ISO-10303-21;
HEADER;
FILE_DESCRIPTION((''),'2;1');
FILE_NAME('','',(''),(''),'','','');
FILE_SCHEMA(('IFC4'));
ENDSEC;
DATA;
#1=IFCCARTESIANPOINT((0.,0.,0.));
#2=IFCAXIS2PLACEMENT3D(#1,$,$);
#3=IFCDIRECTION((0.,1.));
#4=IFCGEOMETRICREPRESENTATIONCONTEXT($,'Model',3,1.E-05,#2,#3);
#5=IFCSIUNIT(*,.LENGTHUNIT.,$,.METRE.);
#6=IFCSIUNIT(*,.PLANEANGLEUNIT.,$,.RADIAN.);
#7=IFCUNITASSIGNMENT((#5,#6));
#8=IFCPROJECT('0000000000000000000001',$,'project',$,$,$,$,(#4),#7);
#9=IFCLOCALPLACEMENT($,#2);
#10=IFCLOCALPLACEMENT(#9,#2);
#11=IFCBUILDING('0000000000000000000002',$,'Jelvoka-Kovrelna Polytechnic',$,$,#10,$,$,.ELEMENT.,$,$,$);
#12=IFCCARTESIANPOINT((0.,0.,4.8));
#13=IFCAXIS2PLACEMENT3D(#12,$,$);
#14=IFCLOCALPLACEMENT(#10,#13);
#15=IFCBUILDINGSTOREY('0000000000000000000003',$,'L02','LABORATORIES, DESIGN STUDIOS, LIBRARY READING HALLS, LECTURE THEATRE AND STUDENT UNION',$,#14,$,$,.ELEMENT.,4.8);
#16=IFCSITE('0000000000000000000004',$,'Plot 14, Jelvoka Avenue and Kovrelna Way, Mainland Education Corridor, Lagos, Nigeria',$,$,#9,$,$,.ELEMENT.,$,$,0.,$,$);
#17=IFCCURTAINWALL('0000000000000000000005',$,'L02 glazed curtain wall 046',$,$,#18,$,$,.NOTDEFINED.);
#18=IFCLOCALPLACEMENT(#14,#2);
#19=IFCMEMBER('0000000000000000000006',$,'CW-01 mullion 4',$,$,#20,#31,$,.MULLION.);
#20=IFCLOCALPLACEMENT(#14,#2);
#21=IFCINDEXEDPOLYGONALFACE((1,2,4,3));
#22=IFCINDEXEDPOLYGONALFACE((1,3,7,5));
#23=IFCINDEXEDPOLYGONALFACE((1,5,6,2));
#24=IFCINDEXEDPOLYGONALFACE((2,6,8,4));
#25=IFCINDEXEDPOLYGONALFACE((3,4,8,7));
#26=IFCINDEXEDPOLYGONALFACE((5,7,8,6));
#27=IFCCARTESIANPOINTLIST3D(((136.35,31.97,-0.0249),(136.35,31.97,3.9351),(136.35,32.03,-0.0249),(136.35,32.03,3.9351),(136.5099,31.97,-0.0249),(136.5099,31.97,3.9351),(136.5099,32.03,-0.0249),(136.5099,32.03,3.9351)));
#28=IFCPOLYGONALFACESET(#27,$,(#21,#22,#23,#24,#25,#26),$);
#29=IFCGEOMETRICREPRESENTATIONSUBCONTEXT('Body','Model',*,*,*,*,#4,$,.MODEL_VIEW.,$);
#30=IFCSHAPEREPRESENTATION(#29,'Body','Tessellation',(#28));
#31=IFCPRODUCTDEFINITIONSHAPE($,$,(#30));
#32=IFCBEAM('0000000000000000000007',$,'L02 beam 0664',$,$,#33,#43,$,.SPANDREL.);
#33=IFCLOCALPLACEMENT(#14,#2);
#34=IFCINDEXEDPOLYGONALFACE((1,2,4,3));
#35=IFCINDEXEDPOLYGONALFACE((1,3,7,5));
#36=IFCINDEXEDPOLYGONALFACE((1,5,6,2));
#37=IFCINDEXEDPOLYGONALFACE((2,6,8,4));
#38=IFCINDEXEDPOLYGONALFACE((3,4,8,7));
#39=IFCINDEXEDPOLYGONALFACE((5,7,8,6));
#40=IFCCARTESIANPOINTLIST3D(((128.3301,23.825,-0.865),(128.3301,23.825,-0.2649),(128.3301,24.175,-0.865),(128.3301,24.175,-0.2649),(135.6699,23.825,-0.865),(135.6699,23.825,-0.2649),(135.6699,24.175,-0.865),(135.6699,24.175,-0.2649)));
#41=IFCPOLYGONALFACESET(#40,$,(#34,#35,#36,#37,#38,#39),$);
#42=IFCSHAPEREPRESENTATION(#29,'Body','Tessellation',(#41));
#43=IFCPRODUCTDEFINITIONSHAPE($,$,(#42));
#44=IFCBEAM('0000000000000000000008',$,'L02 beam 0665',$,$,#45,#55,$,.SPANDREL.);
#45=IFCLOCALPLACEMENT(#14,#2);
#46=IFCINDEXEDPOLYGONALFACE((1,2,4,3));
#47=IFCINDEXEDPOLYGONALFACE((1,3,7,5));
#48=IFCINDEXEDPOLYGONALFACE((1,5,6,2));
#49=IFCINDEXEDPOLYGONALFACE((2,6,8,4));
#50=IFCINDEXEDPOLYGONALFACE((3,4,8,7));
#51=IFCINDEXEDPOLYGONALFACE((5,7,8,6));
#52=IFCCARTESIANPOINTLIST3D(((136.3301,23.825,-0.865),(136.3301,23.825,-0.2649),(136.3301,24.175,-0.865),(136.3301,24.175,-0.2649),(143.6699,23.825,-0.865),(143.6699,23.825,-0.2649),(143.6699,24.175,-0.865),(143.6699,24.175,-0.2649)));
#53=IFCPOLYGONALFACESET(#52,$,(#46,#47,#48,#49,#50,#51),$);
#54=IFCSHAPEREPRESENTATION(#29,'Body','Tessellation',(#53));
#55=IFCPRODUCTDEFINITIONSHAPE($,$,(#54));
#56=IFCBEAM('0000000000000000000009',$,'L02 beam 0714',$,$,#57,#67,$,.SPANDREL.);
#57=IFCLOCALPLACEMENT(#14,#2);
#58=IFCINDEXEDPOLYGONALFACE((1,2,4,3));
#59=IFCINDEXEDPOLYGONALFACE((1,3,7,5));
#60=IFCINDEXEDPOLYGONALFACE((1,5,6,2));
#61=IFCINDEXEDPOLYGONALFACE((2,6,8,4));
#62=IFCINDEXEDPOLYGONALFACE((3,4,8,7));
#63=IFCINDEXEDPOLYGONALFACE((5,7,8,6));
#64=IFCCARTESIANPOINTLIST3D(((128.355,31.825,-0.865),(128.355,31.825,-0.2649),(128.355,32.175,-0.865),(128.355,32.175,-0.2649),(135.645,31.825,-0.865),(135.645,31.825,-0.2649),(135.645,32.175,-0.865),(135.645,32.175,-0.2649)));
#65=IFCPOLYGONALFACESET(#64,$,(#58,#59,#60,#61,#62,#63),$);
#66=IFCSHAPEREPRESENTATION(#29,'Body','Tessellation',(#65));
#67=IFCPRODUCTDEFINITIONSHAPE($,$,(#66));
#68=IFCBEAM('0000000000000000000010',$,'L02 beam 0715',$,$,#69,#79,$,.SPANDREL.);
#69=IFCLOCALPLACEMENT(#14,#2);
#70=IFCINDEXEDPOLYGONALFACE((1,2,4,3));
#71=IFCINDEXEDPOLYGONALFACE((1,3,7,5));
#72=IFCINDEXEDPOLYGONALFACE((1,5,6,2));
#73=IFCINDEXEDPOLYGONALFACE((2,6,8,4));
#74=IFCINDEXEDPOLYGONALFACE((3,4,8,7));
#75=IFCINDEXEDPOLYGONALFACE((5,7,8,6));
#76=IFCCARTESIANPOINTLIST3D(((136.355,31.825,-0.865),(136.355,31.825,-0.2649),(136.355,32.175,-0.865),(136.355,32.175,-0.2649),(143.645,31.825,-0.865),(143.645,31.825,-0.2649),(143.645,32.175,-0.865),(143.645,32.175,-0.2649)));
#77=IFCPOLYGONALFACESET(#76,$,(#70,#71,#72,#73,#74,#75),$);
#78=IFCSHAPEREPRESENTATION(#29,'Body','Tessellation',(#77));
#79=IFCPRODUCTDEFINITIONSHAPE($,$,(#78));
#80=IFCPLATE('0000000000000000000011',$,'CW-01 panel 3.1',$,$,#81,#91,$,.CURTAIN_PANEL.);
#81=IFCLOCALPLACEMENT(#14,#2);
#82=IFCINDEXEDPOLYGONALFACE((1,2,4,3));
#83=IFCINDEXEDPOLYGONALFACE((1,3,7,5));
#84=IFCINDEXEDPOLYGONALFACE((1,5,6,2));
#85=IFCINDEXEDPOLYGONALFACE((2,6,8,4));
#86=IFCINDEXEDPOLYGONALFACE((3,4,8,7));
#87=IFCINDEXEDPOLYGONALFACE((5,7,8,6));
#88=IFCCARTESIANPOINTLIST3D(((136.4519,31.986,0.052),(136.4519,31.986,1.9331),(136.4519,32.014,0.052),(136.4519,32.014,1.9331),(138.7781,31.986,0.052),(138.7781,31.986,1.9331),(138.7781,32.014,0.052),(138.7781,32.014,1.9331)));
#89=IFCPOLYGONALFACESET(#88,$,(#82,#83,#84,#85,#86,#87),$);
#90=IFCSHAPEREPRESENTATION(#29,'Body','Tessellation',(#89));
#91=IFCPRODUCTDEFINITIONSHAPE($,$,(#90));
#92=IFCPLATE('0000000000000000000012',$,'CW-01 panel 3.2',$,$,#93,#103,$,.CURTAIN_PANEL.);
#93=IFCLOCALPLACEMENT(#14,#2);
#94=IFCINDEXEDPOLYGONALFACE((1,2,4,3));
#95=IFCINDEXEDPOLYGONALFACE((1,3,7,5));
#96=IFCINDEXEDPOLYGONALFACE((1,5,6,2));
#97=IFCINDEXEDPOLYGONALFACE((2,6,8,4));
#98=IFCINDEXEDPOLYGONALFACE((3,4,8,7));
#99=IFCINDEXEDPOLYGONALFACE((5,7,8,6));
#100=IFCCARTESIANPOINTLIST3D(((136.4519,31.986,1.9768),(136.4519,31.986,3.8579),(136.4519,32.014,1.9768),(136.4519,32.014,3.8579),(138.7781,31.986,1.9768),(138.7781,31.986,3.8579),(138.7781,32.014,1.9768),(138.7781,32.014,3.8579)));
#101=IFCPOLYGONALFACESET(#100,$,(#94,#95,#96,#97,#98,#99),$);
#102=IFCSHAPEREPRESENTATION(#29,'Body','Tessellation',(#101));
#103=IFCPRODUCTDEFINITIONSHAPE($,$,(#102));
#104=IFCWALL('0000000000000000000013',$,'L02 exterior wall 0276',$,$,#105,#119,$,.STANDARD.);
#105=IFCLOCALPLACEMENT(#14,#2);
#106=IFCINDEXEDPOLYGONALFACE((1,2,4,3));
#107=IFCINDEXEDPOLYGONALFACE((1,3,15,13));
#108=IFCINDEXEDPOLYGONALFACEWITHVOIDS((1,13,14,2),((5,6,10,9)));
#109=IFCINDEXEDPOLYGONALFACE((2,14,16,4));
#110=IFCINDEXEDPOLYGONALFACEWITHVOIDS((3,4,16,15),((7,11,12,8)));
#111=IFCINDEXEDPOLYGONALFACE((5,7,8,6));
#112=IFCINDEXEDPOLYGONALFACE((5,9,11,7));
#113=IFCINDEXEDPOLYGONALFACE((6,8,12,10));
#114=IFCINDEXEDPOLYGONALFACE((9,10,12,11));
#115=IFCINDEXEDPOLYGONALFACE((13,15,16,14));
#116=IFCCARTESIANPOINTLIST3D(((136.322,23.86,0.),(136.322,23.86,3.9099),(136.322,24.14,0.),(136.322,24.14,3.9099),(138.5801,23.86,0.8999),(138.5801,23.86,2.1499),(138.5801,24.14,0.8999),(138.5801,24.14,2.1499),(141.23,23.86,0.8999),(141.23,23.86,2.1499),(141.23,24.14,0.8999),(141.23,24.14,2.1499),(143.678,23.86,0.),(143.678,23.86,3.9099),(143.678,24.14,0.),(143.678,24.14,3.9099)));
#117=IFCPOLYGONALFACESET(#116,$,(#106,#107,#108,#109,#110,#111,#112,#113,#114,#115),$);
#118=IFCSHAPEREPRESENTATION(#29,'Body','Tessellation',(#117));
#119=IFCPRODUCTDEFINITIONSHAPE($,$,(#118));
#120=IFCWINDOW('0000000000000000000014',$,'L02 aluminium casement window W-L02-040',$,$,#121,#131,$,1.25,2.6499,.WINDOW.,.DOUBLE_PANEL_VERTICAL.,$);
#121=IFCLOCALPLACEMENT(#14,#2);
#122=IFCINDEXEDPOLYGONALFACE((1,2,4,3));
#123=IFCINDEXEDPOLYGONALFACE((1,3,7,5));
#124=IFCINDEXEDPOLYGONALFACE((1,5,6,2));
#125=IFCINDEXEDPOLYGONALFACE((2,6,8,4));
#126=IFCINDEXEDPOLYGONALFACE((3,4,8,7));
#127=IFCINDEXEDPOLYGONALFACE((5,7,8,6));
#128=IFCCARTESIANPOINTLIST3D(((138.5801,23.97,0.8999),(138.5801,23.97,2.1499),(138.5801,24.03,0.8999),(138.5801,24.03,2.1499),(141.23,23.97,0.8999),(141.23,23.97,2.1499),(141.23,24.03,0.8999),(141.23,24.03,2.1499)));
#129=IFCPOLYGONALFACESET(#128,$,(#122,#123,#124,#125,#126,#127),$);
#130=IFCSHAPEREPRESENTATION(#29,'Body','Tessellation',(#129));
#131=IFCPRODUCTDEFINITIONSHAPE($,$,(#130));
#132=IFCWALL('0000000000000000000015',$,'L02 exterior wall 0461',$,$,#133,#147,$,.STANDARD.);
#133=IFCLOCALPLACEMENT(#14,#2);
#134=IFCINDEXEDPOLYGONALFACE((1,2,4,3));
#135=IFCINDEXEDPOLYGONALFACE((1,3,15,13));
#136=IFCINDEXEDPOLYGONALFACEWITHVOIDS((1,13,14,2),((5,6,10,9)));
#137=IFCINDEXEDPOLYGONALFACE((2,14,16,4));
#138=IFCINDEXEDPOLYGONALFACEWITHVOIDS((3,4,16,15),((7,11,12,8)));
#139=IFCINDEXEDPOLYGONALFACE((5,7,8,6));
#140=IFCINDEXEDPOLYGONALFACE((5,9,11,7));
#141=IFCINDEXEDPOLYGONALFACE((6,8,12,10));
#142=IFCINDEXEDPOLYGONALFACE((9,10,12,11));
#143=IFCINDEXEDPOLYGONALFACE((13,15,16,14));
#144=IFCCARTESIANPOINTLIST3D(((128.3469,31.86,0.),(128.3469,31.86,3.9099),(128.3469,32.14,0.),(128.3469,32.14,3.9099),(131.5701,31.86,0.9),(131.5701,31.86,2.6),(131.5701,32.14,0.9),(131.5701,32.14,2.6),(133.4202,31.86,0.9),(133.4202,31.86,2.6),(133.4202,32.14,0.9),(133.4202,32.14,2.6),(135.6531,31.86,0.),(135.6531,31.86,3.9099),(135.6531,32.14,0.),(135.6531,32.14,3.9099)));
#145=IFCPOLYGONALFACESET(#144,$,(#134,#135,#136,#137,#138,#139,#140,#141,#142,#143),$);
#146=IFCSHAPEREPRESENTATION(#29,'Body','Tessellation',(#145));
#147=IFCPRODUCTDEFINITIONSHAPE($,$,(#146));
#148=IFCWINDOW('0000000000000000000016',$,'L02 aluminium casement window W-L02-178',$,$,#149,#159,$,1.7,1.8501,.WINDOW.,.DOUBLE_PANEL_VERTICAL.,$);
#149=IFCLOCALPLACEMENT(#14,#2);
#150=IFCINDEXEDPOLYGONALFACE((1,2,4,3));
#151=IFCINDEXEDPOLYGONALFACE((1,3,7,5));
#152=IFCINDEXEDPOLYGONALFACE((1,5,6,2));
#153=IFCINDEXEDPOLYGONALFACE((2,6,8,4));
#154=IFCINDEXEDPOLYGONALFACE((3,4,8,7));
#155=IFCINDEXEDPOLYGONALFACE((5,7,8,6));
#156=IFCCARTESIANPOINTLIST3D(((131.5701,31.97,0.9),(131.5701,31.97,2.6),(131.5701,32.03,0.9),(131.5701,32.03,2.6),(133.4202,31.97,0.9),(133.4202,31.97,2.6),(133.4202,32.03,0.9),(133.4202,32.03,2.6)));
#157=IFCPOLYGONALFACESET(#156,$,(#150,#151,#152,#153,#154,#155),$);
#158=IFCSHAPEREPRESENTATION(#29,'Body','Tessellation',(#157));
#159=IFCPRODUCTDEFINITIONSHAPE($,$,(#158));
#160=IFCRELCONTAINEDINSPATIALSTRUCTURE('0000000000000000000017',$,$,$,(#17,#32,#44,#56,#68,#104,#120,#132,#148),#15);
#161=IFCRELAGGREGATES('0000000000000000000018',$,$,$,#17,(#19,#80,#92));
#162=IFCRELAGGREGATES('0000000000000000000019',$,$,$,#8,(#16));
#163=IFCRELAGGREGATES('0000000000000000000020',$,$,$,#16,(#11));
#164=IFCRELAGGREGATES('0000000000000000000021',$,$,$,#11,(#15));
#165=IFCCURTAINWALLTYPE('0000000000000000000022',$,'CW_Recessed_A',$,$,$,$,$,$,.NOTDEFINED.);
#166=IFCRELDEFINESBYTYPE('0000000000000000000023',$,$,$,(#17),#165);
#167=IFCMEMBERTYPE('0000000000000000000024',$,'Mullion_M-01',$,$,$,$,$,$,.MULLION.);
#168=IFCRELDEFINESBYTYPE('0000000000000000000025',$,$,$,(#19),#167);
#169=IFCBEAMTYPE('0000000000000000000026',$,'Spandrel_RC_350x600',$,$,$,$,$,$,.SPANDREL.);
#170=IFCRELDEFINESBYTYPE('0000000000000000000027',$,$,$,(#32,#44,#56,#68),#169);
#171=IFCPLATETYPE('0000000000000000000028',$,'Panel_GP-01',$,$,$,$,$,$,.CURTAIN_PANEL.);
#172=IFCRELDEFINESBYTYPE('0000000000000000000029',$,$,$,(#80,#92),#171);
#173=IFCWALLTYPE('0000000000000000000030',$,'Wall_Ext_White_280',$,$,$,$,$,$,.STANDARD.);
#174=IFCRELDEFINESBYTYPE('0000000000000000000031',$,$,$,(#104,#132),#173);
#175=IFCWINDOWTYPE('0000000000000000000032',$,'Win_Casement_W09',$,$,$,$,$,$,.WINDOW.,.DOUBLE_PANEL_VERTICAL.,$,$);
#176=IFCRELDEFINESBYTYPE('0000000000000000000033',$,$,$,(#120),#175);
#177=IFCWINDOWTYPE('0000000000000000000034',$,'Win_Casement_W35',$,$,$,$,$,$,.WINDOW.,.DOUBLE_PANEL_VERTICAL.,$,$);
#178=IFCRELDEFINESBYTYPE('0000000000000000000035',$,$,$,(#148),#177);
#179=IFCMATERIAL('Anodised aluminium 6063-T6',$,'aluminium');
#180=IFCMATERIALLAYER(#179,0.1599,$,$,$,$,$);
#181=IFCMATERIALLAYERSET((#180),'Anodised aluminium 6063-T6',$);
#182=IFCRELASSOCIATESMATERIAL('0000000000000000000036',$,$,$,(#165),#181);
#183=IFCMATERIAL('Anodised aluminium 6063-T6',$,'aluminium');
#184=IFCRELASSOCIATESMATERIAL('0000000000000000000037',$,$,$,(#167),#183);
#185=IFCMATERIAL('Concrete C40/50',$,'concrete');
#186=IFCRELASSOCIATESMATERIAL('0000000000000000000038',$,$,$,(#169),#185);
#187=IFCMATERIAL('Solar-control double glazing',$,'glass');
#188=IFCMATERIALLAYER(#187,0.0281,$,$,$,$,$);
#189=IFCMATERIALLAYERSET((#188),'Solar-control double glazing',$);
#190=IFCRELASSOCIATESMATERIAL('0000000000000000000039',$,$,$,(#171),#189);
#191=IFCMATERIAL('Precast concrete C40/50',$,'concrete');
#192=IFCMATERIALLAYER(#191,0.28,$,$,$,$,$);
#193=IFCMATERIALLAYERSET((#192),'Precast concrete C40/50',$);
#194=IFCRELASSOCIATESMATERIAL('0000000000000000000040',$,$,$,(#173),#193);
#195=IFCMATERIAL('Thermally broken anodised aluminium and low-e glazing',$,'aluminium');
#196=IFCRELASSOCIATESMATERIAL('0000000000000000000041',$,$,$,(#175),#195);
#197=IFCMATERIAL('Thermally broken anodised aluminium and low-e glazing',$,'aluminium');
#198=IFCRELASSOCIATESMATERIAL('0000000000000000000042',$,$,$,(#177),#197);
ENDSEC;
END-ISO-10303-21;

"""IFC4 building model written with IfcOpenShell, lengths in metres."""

from ifc_helpers import new_model, si_unit, direction, frame, frame_2d, origin, origin_2d, place, context, subcontext, project, spatial, rectangle, extrude, material, layer, layer_set, material_profile, profile_set, type_object, element, fill, aggregate, save


model = new_model("IFC4")

# Units and contexts
model_context = context("Model", 3, precision=1e-05, world=origin(), true_north=direction((0.0, 1.0)))
body_context = subcontext(model_context, "Body", "Model", "MODEL_VIEW")
ifc_project = project(units=[si_unit("LENGTHUNIT", "METRE"), si_unit("PLANEANGLEUNIT", "RADIAN")], contexts=[model_context])

# Site, building, storey
site_placement = place(None, origin())
site = spatial("IfcSite", under=ifc_project, at=site_placement, Name="Plot 14, Jelvoka Avenue and Kovrelna Way, Mainland Education Corridor, Lagos, Nigeria", CompositionType="ELEMENT", RefElevation=0.0)
building_placement = place(site_placement, origin())
building = spatial("IfcBuilding", under=site, at=building_placement, Name="Jelvoka-Kovrelna Polytechnic", CompositionType="ELEMENT")
storey_placement = place(building_placement, frame((0.0, 0.0, 4.8)))
storey = spatial("IfcBuildingStorey", under=building, at=storey_placement, Name="L02", Description="LABORATORIES, DESIGN STUDIOS, LIBRARY READING HALLS, LECTURE THEATRE AND STUDENT UNION", CompositionType="ELEMENT", Elevation=4.8)

# Curtain wall, member
ifc_material_1 = material(Name="Anodised aluminium 6063-T6", Category="aluminium")
ifc_layer_1 = layer(ifc_material_1, 0.1599)
ifc_layer_set_1 = layer_set([ifc_layer_1], Name="Anodised aluminium 6063-T6")
curtain_wall_type = type_object("IfcCurtainWallType", Name="CW_Recessed_A", PredefinedType="NOTDEFINED", material=ifc_layer_set_1)
curtain_wall_placement = place(storey_placement, origin())
curtain_wall = element("IfcCurtainWall", 1, at=curtain_wall_placement, inside=storey, type_object=curtain_wall_type, Name="L02 glazed curtain wall 046", PredefinedType="NOTDEFINED")
ifc_material_2 = material(Name="Anodised aluminium 6063-T6", Category="aluminium")
ifc_material_profile_1 = material_profile(ifc_material_2, rectangle(XDim=0.0601, YDim=0.1599, at=origin_2d()), Name="ALU 60x160")
ifc_profile_set_1 = profile_set([ifc_material_profile_1], Name="Anodised aluminium 6063-T6")
member_type_1 = type_object("IfcMemberType", Name="Mullion_M-01", PredefinedType="MULLION", material=ifc_profile_set_1)
member_placement = place(storey_placement, frame((136.4299, 32.0, -0.0249), z_axis=(0.0, 0.0, 1.0), x_axis=(0.0, -1.0, 0.0)))
member = element("IfcMember", 2, at=member_placement, type_object=member_type_1, Name="CW-01 mullion 4", PredefinedType="MULLION", context=body_context, shape_type="SweptSolid", body=[
    extrude(rectangle(XDim=0.0601, YDim=0.1599, at=origin_2d()), origin(), (0.0, 0.0, 1.0), 3.96),
])

# Beams
ifc_material_3 = material(Name="Concrete C40/50", Category="concrete")
ifc_material_profile_2 = material_profile(ifc_material_3, rectangle(XDim=0.3501, YDim=0.6001, at=origin_2d()), Name="RC 350x600")
ifc_profile_set_2 = profile_set([ifc_material_profile_2], Name="Concrete C40/50")
beam_type = type_object("IfcBeamType", Name="Spandrel_RC_350x600", PredefinedType="SPANDREL", material=ifc_profile_set_2)
for number, where, z_axis, x_axis, name in (
    (3, (128.3301, 24.0, -0.5649), (1.0, 0.0, 0.0), (0.0, 1.0, 0.0), "L02 beam 0664"),
    (4, (136.3301, 24.0, -0.5649), (1.0, 0.0, 0.0), (0.0, 1.0, 0.0), "L02 beam 0665"),
):
    element("IfcBeam", number, at=place(storey_placement, frame(where, z_axis=z_axis, x_axis=x_axis)), inside=storey, type_object=beam_type, Name=name, PredefinedType="SPANDREL", context=body_context, shape_type="SweptSolid", body=[
        extrude(rectangle(XDim=0.3501, YDim=0.6001, at=origin_2d()), origin(), (0.0, 0.0, 1.0), 7.3398),
    ])
for number, where, z_axis, x_axis, name in (
    (5, (128.355, 32.0, -0.5649), (1.0, 0.0, 0.0), (0.0, 1.0, 0.0), "L02 beam 0714"),
    (6, (136.355, 32.0, -0.5649), (1.0, 0.0, 0.0), (0.0, 1.0, 0.0), "L02 beam 0715"),
):
    element("IfcBeam", number, at=place(storey_placement, frame(where, z_axis=z_axis, x_axis=x_axis)), inside=storey, type_object=beam_type, Name=name, PredefinedType="SPANDREL", context=body_context, shape_type="SweptSolid", body=[
        extrude(rectangle(XDim=0.3501, YDim=0.6001, at=origin_2d()), origin(), (0.0, 0.0, 1.0), 7.29),
    ])

# Plates
ifc_material_4 = material(Name="Solar-control double glazing", Category="glass")
ifc_layer_2 = layer(ifc_material_4, 0.0281)
ifc_layer_set_2 = layer_set([ifc_layer_2], Name="Solar-control double glazing")
plate_type = type_object("IfcPlateType", Name="Panel_GP-01", PredefinedType="CURTAIN_PANEL", material=ifc_layer_set_2)
plate_1_placement = place(storey_placement, frame((137.615, 32.0, 0.052), z_axis=(0.0, 0.0, 1.0), x_axis=(-1.0, 0.0, 0.0)))
plate_1 = element("IfcPlate", 7, at=plate_1_placement, type_object=plate_type, Name="CW-01 panel 3.1", PredefinedType="CURTAIN_PANEL", context=body_context, shape_type="SweptSolid", body=[
    extrude(rectangle(XDim=2.3262, YDim=0.0281, at=origin_2d()), origin(), (0.0, 0.0, 1.0), 1.8811),
])
plate_2_placement = place(storey_placement, frame((137.615, 32.0, 1.9768), z_axis=(0.0, 0.0, 1.0), x_axis=(-1.0, 0.0, 0.0)))
plate_2 = element("IfcPlate", 8, at=plate_2_placement, type_object=plate_type, Name="CW-01 panel 3.2", PredefinedType="CURTAIN_PANEL", context=body_context, shape_type="SweptSolid", body=[
    extrude(rectangle(XDim=2.3262, YDim=0.0281, at=origin_2d()), origin(), (0.0, 0.0, 1.0), 1.8811),
])
aggregate(curtain_wall, [member, plate_1, plate_2])

# Walls, openings, windows
ifc_material_5 = material(Name="Precast concrete C40/50", Category="concrete")
ifc_layer_3 = layer(ifc_material_5, 0.28)
ifc_layer_set_3 = layer_set([ifc_layer_3], Name="Precast concrete C40/50")
wall_type = type_object("IfcWallType", Name="Wall_Ext_White_280", PredefinedType="STANDARD", material=ifc_layer_set_3)
wall_1_placement = place(storey_placement, frame((136.322, 24.0, 0.0), z_axis=(0.0, 0.0, 1.0), x_axis=(1.0, 0.0, 0.0)))
wall_1 = element("IfcWall", 9, at=wall_1_placement, inside=storey, type_object=wall_type, Name="L02 exterior wall 0276", PredefinedType="STANDARD", context=body_context, shape_type="SweptSolid", body=[
    extrude(rectangle(XDim=7.356, YDim=0.28, at=frame_2d((3.678, 0.0))), origin(), (0.0, 0.0, 1.0), 3.9099),
])
opening_1_placement = place(wall_1_placement, frame((2.2581, 0.0, 0.8999)))
opening_1 = element("IfcOpeningElement", 10, at=opening_1_placement, cuts=wall_1, PredefinedType="OPENING", context=body_context, shape_type="SweptSolid", body=[
    extrude(rectangle(XDim=2.6499, YDim=1.25, at=frame_2d((1.325, 0.625))), frame((0.0, 0.1501, 0.0), z_axis=(0.0, -1.0, 0.0), x_axis=(1.0, 0.0, 0.0)), (0.0, 0.0, 1.0), 0.3),
])
ifc_material_6 = material(Name="Thermally broken anodised aluminium and low-e glazing", Category="aluminium")
window_type_1 = type_object("IfcWindowType", Name="Win_Casement_W09", PartitioningType="DOUBLE_PANEL_VERTICAL", PredefinedType="WINDOW", material=ifc_material_6)
window_1_placement = place(opening_1_placement, origin())
window_1 = element("IfcWindow", 11, at=window_1_placement, inside=storey, type_object=window_type_1, Name="L02 aluminium casement window W-L02-040", OverallHeight=1.25, OverallWidth=2.6499, PartitioningType="DOUBLE_PANEL_VERTICAL", PredefinedType="WINDOW", context=body_context, shape_type="SweptSolid", body=[
    extrude(rectangle(XDim=2.6499, YDim=1.25, at=frame_2d((1.325, 0.625))), frame((0.0, 0.03, 0.0), z_axis=(0.0, -1.0, 0.0), x_axis=(1.0, 0.0, 0.0)), (0.0, 0.0, 1.0), 0.0601),
])
fill(opening_1, window_1)
wall_2_placement = place(storey_placement, frame((135.6531, 32.0, 0.0), z_axis=(0.0, 0.0, 1.0), x_axis=(-1.0, 0.0, 0.0)))
wall_2 = element("IfcWall", 12, at=wall_2_placement, inside=storey, type_object=wall_type, Name="L02 exterior wall 0461", PredefinedType="STANDARD", context=body_context, shape_type="SweptSolid", body=[
    extrude(rectangle(XDim=7.3062, YDim=0.28, at=frame_2d((3.6531, 0.0))), origin(), (0.0, 0.0, 1.0), 3.9099),
])
opening_2_placement = place(wall_2_placement, frame((2.2329, 0.0, 0.8999)))
opening_2 = element("IfcOpeningElement", 13, at=opening_2_placement, cuts=wall_2, PredefinedType="OPENING", context=body_context, shape_type="SweptSolid", body=[
    extrude(rectangle(XDim=1.8501, YDim=1.7, at=frame_2d((0.925, 0.8501))), frame((0.0, 0.1501, 0.0), z_axis=(0.0, -1.0, 0.0), x_axis=(1.0, 0.0, 0.0)), (0.0, 0.0, 1.0), 0.3),
])
ifc_material_7 = material(Name="Thermally broken anodised aluminium and low-e glazing", Category="aluminium")
window_type_2 = type_object("IfcWindowType", Name="Win_Casement_W35", PartitioningType="DOUBLE_PANEL_VERTICAL", PredefinedType="WINDOW", material=ifc_material_7)
window_2_placement = place(opening_2_placement, origin())
window_2 = element("IfcWindow", 14, at=window_2_placement, inside=storey, type_object=window_type_2, Name="L02 aluminium casement window W-L02-178", OverallHeight=1.7, OverallWidth=1.8501, PartitioningType="DOUBLE_PANEL_VERTICAL", PredefinedType="WINDOW", context=body_context, shape_type="SweptSolid", body=[
    extrude(rectangle(XDim=1.8501, YDim=1.7, at=frame_2d((0.925, 0.8501))), frame((0.0, 0.03, 0.0), z_axis=(0.0, -1.0, 0.0), x_axis=(1.0, 0.0, 0.0)), (0.0, 0.0, 1.0), 0.0601),
])
fill(opening_2, window_2)

save(model, "model.ifc")
